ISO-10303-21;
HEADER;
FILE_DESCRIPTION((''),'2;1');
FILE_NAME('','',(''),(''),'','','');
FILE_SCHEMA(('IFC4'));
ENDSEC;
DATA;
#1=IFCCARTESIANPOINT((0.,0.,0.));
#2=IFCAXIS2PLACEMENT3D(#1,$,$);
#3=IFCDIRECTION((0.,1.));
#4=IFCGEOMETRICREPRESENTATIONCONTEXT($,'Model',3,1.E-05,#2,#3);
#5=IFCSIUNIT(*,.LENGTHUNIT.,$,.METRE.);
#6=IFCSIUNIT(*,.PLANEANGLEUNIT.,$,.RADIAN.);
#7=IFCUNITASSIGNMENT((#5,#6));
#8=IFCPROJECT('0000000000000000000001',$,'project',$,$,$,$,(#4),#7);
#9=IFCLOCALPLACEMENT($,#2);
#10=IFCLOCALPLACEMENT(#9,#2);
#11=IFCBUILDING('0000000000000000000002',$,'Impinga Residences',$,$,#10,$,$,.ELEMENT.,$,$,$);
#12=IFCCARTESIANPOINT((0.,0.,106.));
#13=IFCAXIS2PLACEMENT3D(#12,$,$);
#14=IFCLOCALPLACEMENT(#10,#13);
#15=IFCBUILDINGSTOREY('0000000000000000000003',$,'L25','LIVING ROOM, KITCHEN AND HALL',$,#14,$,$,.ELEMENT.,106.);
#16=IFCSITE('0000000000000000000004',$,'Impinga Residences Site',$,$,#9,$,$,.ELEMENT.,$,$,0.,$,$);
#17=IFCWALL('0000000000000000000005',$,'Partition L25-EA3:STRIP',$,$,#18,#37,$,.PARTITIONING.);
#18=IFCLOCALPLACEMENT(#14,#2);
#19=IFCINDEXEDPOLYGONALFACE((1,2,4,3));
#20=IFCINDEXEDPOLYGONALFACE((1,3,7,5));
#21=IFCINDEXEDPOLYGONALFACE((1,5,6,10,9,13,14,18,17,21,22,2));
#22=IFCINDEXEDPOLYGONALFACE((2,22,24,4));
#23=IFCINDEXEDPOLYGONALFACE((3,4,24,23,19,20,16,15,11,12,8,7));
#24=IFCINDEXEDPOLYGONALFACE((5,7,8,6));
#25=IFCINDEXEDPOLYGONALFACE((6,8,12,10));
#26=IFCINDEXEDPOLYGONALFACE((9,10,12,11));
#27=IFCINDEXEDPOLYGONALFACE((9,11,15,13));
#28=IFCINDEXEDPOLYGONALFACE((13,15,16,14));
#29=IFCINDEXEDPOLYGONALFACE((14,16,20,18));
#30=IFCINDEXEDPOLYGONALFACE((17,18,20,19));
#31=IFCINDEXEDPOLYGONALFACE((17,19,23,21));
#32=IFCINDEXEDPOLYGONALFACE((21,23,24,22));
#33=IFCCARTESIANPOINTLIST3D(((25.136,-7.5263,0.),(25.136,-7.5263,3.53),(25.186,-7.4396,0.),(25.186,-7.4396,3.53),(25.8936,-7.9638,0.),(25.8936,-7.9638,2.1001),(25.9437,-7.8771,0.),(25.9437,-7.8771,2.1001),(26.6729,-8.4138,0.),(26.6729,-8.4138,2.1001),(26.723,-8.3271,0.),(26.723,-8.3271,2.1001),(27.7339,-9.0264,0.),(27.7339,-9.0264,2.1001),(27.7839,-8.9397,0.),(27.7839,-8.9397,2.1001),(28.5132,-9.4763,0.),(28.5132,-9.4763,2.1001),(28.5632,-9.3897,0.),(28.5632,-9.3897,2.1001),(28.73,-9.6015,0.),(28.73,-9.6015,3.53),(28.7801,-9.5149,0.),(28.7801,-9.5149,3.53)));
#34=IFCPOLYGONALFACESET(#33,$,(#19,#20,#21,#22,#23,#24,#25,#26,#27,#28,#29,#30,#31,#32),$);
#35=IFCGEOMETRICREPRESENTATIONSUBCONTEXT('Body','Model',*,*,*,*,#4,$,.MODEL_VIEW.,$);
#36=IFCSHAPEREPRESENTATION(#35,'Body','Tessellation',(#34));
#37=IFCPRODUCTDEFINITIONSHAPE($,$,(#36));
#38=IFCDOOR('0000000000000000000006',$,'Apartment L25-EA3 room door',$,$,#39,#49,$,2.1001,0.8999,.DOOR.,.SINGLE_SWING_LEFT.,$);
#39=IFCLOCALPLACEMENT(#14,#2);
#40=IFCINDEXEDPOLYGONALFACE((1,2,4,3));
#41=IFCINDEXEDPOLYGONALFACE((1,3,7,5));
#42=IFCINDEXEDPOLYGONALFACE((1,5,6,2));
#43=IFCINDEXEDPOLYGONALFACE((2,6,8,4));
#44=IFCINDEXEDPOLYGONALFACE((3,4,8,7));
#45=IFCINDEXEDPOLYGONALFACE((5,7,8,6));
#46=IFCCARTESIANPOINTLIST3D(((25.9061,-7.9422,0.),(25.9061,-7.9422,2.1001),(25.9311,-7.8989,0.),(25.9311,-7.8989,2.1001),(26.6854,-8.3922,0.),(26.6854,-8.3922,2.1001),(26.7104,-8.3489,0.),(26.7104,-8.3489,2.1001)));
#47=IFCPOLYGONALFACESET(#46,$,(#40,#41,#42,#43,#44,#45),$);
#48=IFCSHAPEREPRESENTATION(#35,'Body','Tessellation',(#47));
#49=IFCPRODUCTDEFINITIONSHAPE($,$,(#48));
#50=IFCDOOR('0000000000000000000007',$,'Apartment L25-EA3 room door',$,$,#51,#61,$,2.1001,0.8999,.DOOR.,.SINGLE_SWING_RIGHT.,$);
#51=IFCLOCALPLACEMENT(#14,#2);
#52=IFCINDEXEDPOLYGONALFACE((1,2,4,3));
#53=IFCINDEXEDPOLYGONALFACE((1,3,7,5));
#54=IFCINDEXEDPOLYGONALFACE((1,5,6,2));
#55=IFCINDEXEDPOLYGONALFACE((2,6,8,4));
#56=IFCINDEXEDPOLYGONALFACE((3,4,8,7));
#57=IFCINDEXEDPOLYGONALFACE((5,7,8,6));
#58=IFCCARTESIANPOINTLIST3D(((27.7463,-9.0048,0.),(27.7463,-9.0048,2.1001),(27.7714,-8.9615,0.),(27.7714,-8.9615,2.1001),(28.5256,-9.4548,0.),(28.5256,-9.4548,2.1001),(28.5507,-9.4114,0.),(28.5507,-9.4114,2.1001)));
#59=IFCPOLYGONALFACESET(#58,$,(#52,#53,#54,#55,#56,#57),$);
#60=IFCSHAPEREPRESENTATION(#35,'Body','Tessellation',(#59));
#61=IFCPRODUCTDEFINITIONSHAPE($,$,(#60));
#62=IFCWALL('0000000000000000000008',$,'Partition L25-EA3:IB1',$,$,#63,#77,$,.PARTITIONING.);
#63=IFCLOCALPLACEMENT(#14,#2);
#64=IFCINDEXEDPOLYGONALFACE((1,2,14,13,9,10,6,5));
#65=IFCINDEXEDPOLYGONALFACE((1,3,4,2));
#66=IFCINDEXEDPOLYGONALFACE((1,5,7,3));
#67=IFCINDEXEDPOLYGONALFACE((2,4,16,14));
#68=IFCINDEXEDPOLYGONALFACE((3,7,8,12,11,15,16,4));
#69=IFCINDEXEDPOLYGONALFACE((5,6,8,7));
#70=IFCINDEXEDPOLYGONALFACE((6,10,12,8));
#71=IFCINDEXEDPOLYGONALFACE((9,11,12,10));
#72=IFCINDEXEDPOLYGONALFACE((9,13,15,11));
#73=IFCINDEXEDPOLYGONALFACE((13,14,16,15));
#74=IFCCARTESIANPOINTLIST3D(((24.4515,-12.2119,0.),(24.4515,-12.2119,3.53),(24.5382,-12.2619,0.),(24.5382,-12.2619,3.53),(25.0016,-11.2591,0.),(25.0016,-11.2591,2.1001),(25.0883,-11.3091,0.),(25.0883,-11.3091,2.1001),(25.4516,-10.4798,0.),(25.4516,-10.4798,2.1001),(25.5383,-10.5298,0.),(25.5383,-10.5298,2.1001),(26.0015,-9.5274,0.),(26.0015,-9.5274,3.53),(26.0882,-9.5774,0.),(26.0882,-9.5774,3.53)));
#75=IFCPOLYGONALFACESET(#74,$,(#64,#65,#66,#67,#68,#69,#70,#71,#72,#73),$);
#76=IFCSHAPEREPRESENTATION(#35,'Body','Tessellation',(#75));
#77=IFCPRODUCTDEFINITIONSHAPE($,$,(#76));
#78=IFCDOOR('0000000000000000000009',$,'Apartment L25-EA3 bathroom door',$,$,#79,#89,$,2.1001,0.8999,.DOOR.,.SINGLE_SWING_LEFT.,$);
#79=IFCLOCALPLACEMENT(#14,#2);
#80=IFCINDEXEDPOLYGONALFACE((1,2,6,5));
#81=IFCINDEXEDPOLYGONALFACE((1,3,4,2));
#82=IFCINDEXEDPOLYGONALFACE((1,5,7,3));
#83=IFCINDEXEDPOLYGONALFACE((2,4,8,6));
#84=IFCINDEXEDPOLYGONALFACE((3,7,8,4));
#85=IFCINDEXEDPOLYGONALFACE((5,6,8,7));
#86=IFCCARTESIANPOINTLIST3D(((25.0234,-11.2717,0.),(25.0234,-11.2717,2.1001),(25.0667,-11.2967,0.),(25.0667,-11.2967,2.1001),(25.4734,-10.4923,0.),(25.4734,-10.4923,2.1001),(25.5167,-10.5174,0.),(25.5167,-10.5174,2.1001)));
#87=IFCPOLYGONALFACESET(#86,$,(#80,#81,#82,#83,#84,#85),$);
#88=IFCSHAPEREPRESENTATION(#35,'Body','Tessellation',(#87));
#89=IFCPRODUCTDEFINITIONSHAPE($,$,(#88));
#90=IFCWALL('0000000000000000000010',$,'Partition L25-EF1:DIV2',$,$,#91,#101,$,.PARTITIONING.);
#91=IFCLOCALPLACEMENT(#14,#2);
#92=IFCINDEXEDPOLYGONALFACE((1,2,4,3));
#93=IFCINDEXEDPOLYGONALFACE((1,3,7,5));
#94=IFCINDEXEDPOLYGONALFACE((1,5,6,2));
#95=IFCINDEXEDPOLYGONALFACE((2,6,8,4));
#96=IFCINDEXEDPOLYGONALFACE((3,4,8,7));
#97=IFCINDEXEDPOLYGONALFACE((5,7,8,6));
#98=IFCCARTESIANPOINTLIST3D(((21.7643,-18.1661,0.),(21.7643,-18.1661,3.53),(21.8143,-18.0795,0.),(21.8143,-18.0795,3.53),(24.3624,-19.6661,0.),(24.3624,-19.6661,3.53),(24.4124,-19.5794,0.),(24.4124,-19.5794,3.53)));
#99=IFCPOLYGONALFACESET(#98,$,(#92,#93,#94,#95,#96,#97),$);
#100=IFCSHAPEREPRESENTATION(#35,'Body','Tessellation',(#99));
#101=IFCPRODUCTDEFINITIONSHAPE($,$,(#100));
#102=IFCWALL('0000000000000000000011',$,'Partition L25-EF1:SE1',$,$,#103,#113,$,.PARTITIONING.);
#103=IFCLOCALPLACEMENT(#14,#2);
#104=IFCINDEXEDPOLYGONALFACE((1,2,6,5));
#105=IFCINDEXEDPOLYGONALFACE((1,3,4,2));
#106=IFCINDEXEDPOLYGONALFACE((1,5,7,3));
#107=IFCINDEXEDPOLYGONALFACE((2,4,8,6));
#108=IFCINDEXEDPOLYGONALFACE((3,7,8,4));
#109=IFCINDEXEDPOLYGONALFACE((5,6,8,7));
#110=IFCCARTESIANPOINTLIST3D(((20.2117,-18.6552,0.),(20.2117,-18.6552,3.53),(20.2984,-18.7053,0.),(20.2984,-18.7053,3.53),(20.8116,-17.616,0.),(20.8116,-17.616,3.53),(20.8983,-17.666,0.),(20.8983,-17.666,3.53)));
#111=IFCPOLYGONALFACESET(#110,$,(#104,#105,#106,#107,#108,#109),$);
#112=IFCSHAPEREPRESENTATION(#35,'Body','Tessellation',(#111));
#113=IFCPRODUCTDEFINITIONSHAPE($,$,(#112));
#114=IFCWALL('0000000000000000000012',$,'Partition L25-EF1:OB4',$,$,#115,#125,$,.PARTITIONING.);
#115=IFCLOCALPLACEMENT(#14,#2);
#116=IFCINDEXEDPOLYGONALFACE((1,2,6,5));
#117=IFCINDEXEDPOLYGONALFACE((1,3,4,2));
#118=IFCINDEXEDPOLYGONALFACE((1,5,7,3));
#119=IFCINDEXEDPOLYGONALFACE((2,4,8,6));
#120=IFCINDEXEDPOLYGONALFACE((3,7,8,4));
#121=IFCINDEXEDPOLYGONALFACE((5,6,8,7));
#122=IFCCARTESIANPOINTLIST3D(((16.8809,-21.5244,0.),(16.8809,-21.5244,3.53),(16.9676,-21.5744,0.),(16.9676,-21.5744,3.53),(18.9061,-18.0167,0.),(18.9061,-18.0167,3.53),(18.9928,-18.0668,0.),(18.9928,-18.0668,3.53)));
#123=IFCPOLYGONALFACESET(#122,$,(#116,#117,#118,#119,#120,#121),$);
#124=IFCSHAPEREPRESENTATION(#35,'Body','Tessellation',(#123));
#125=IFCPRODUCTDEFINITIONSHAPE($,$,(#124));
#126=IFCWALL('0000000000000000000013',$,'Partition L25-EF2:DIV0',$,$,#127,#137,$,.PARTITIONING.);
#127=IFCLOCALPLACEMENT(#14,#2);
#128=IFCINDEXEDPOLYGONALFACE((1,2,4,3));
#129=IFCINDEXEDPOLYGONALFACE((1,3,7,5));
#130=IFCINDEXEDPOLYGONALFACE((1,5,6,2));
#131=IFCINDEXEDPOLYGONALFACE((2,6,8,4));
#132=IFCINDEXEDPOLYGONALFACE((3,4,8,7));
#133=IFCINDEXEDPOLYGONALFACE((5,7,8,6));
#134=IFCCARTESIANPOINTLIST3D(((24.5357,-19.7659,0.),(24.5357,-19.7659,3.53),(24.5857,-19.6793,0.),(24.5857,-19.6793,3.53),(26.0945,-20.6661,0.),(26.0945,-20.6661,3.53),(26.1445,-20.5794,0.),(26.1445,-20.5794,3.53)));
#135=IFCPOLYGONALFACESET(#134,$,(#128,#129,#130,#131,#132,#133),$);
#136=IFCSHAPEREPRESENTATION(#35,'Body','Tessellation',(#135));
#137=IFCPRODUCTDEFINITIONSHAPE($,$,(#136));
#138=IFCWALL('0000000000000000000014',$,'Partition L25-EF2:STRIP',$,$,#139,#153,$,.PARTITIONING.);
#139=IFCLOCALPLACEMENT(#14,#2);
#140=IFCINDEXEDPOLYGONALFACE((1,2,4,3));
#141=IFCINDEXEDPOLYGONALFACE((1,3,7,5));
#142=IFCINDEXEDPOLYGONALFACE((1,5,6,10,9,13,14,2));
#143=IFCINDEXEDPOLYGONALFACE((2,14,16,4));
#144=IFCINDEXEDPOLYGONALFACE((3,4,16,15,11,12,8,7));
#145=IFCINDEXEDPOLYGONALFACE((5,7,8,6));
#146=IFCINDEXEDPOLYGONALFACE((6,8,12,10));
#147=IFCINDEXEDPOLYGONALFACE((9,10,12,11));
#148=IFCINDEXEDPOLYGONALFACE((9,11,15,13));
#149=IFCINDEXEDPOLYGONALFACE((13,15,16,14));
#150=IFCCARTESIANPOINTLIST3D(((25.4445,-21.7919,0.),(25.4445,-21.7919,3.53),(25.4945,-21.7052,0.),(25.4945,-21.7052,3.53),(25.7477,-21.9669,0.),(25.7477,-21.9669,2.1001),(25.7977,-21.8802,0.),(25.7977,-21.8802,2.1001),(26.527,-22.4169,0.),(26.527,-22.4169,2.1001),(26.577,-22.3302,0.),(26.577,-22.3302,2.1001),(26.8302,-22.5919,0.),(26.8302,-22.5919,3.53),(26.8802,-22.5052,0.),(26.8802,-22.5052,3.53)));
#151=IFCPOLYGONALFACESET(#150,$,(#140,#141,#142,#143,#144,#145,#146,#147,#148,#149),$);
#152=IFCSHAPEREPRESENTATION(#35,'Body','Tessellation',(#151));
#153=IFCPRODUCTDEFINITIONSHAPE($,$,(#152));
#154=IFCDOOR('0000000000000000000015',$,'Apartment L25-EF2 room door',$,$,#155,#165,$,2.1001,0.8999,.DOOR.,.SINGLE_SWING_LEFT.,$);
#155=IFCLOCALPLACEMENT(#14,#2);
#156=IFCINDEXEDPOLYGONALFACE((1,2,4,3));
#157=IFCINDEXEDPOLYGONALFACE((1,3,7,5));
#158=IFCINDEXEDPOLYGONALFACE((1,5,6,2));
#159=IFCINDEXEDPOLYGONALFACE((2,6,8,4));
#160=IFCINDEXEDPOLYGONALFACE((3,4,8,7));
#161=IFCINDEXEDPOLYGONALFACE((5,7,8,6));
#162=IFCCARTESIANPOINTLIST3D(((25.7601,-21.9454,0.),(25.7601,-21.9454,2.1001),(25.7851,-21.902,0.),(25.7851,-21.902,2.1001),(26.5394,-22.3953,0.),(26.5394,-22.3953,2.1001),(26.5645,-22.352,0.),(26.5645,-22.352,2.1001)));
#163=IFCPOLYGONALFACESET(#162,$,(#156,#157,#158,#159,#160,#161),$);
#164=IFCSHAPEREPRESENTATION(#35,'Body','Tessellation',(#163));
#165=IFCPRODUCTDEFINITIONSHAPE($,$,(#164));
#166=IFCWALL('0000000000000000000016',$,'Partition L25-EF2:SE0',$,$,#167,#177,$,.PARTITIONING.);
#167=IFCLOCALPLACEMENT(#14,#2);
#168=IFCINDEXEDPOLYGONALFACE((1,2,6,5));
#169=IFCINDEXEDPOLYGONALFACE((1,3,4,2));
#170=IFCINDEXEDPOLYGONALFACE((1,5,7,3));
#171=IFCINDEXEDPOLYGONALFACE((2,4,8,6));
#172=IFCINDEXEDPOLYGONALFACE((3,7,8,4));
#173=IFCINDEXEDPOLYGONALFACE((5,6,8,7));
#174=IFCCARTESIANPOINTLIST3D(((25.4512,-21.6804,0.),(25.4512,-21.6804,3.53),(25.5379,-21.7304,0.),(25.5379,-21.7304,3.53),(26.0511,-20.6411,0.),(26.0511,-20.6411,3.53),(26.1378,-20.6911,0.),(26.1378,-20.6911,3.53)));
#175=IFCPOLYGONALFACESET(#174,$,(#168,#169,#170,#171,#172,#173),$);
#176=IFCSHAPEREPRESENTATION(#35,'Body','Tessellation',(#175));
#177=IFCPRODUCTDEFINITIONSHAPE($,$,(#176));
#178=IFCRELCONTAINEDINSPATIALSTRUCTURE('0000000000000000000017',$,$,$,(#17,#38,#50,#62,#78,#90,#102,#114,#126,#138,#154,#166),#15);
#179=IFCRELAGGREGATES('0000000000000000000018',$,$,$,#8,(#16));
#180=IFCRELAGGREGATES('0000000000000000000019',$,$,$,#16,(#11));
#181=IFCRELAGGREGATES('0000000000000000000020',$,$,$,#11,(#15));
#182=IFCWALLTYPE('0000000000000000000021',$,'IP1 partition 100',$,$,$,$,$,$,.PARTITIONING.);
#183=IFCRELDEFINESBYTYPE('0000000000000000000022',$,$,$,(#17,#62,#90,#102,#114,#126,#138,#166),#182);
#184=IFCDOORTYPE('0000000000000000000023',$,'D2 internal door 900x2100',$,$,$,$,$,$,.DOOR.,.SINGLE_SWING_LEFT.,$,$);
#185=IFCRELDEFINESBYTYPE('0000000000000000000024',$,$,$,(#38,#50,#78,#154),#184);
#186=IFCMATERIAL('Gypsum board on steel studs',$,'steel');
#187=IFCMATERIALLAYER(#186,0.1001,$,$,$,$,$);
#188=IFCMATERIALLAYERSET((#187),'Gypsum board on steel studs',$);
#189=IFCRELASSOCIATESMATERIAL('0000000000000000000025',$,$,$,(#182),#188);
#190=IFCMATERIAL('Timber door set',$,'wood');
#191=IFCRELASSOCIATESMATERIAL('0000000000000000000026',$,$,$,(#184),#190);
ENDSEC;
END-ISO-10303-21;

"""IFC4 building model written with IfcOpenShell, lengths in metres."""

from ifc_helpers import new_model, si_unit, direction, frame, frame_2d, origin, place, context, subcontext, project, spatial, rectangle, extrude, material, layer, layer_set, type_object, element, fill, save


model = new_model("IFC4")

# Units and contexts
model_context = context("Model", 3, precision=1e-05, world=origin(), true_north=direction((0.0, 1.0)))
body_context = subcontext(model_context, "Body", "Model", "MODEL_VIEW")
ifc_project = project(units=[si_unit("LENGTHUNIT", "METRE"), si_unit("PLANEANGLEUNIT", "RADIAN")], contexts=[model_context])

# Site, building, storey
site_placement = place(None, origin())
site = spatial("IfcSite", under=ifc_project, at=site_placement, Name="Impinga Residences Site", CompositionType="ELEMENT", RefElevation=0.0)
building_placement = place(site_placement, origin())
building = spatial("IfcBuilding", under=site, at=building_placement, Name="Impinga Residences", CompositionType="ELEMENT")
storey_placement = place(building_placement, frame((0.0, 0.0, 106.0)))
storey = spatial("IfcBuildingStorey", under=building, at=storey_placement, Name="L25", Description="LIVING ROOM, KITCHEN AND HALL", CompositionType="ELEMENT", Elevation=106.0)

# Shared definitions
ifc_material_1 = material(Name="Gypsum board on steel studs", Category="steel")
ifc_layer_1 = layer(ifc_material_1, 0.1001)
ifc_layer_set_1 = layer_set([ifc_layer_1], Name="Gypsum board on steel studs")
wall_type_1 = type_object("IfcWallType", Name="IP1 partition 100", PredefinedType="PARTITIONING", material=ifc_layer_set_1)

# Shared definitions
ifc_material_2 = material(Name="Timber door set", Category="wood")
door_type = type_object("IfcDoorType", Name="D2 internal door 900x2100", OperationType="SINGLE_SWING_LEFT", PredefinedType="DOOR", material=ifc_material_2)

# Wall, openings, doors
wall_1_placement = place(storey_placement, frame((25.1609, -7.4829, 0.0), z_axis=(0.0, 0.0, 1.0), x_axis=(0.866004, -0.500036, 0.0)))
wall_1 = element("IfcWall", 1, at=wall_1_placement, inside=storey, type_object=wall_type_1, Name="Partition L25-EA3:STRIP", PredefinedType="PARTITIONING", context=body_context, shape_type="SweptSolid", body=[
    extrude(rectangle(XDim=4.1501, YDim=0.1001, at=frame_2d((2.0752, 0.0))), origin(), (0.0, 0.0, 1.0), 3.53),
])
opening_1_placement = place(wall_1_placement, frame((0.875, 0.0, 0.0)))
opening_1 = element("IfcOpeningElement", 2, at=opening_1_placement, cuts=wall_1, PredefinedType="OPENING", context=body_context, shape_type="SweptSolid", body=[
    extrude(rectangle(XDim=0.8999, YDim=2.1001, at=frame_2d((0.45, 1.05))), frame((0.0, 0.0601, 0.0), z_axis=(0.0, -1.0, 0.0), x_axis=(1.0, 0.0, 0.0)), (0.0, 0.0, 1.0), 0.1201),
])
opening_2_placement = place(wall_1_placement, frame((3.0, 0.0, 0.0)))
opening_2 = element("IfcOpeningElement", 3, at=opening_2_placement, cuts=wall_1, PredefinedType="OPENING", context=body_context, shape_type="SweptSolid", body=[
    extrude(rectangle(XDim=0.8999, YDim=2.1001, at=frame_2d((0.45, 1.05))), frame((0.0, 0.0601, 0.0), z_axis=(0.0, -1.0, 0.0), x_axis=(1.0, 0.0, 0.0)), (0.0, 0.0, 1.0), 0.1201),
])
door_1_placement = place(opening_1_placement, origin())
door_1 = element("IfcDoor", 4, at=door_1_placement, inside=storey, type_object=door_type, Name="Apartment L25-EA3 room door", OperationType="SINGLE_SWING_LEFT", OverallHeight=2.1001, OverallWidth=0.8999, PredefinedType="DOOR", context=body_context, shape_type="SweptSolid", body=[
    extrude(rectangle(XDim=0.8999, YDim=2.1001, at=frame_2d((0.45, 1.05))), frame((0.0, 0.0249, 0.0), z_axis=(0.0, -1.0, 0.0), x_axis=(1.0, 0.0, 0.0)), (0.0, 0.0, 1.0), 0.05),
])
fill(opening_1, door_1)
door_2_placement = place(opening_2_placement, origin())
door_2 = element("IfcDoor", 5, at=door_2_placement, inside=storey, type_object=door_type, Name="Apartment L25-EA3 room door", OperationType="SINGLE_SWING_RIGHT", OverallHeight=2.1001, OverallWidth=0.8999, PredefinedType="DOOR", context=body_context, shape_type="SweptSolid", body=[
    extrude(rectangle(XDim=0.8999, YDim=2.1001, at=frame_2d((0.45, 1.05))), frame((0.0, 0.0249, 0.0), z_axis=(0.0, -1.0, 0.0), x_axis=(1.0, 0.0, 0.0)), (0.0, 0.0, 1.0), 0.05),
])
fill(opening_2, door_2)

# Wall, opening, door
wall_2_placement = place(storey_placement, frame((24.4949, -12.2368, 0.0), z_axis=(0.0, 0.0, 1.0), x_axis=(0.500027, 0.86601, 0.0)))
wall_2 = element("IfcWall", 6, at=wall_2_placement, inside=storey, type_object=wall_type_1, Name="Partition L25-EA3:IB1", PredefinedType="PARTITIONING", context=body_context, shape_type="SweptSolid", body=[
    extrude(rectangle(XDim=3.0999, YDim=0.1001, at=frame_2d((1.5498, 0.0))), origin(), (0.0, 0.0, 1.0), 3.53),
])
opening_3_placement = place(wall_2_placement, frame((1.1001, 0.0, 0.0)))
opening_3 = element("IfcOpeningElement", 7, at=opening_3_placement, cuts=wall_2, PredefinedType="OPENING", context=body_context, shape_type="SweptSolid", body=[
    extrude(rectangle(XDim=0.8999, YDim=2.1001, at=frame_2d((0.45, 1.05))), frame((0.0, 0.0601, 0.0), z_axis=(0.0, -1.0, 0.0), x_axis=(1.0, 0.0, 0.0)), (0.0, 0.0, 1.0), 0.1201),
])
door_3_placement = place(opening_3_placement, origin())
door_3 = element("IfcDoor", 8, at=door_3_placement, inside=storey, type_object=door_type, Name="Apartment L25-EA3 bathroom door", OperationType="SINGLE_SWING_LEFT", OverallHeight=2.1001, OverallWidth=0.8999, PredefinedType="DOOR", context=body_context, shape_type="SweptSolid", body=[
    extrude(rectangle(XDim=0.8999, YDim=2.1001, at=frame_2d((0.45, 1.05))), frame((0.0, 0.0249, 0.0), z_axis=(0.0, -1.0, 0.0), x_axis=(1.0, 0.0, 0.0)), (0.0, 0.0, 1.0), 0.05),
])
fill(opening_3, door_3)

# Walls
wall_3_placement = place(storey_placement, frame((21.7893, -18.1228, 0.0), z_axis=(0.0, 0.0, 1.0), x_axis=(0.866031, -0.49999, 0.0)))
element("IfcWall", 9, at=wall_3_placement, inside=storey, type_object=wall_type_1, Name="Partition L25-EF1:DIV2", PredefinedType="PARTITIONING", context=body_context, shape_type="SweptSolid", body=[
    extrude(rectangle(XDim=3.0, YDim=0.1001, at=frame_2d((1.5, 0.0))), origin(), (0.0, 0.0, 1.0), 3.53),
])
wall_4_placement = place(storey_placement, frame((20.855, -17.6409, 0.0), z_axis=(0.0, 0.0, 1.0), x_axis=(-0.499881, -0.866094, 0.0)))
element("IfcWall", 10, at=wall_4_placement, inside=storey, type_object=wall_type_1, Name="Partition L25-EF1:SE1", PredefinedType="PARTITIONING", context=body_context, shape_type="SweptSolid", body=[
    extrude(rectangle(XDim=1.2, YDim=0.1001, at=frame_2d((0.6001, 0.0))), origin(), (0.0, 0.0, 1.0), 3.53),
])
wall_5_placement = place(storey_placement, frame((18.9495, -18.0417, 0.0), z_axis=(0.0, 0.0, 1.0), x_axis=(-0.500009, -0.86602, 0.0)))
element("IfcWall", 11, at=wall_5_placement, inside=storey, type_object=wall_type_1, Name="Partition L25-EF1:OB4", PredefinedType="PARTITIONING", context=body_context, shape_type="SweptSolid", body=[
    extrude(rectangle(XDim=4.0503, YDim=0.1001, at=frame_2d((2.0251, 0.0))), origin(), (0.0, 0.0, 1.0), 3.53),
])
wall_6_placement = place(storey_placement, frame((24.5608, -19.7227, 0.0), z_axis=(0.0, 0.0, 1.0), x_axis=(0.865989, -0.500063, 0.0)))
element("IfcWall", 12, at=wall_6_placement, inside=storey, type_object=wall_type_1, Name="Partition L25-EF2:DIV0", PredefinedType="PARTITIONING", context=body_context, shape_type="SweptSolid", body=[
    extrude(rectangle(XDim=1.8, YDim=0.1001, at=frame_2d((0.8999, 0.0))), origin(), (0.0, 0.0, 1.0), 3.53),
])

# Wall, opening, door
wall_7_placement = place(storey_placement, frame((25.4695, -21.7485, 0.0), z_axis=(0.0, 0.0, 1.0), x_axis=(0.866028, -0.499995, 0.0)))
wall_7 = element("IfcWall", 13, at=wall_7_placement, inside=storey, type_object=wall_type_1, Name="Partition L25-EF2:STRIP", PredefinedType="PARTITIONING", context=body_context, shape_type="SweptSolid", body=[
    extrude(rectangle(XDim=1.6001, YDim=0.1001, at=frame_2d((0.8, 0.0))), origin(), (0.0, 0.0, 1.0), 3.53),
])
opening_4_placement = place(wall_7_placement, frame((0.3501, 0.0, 0.0)))
opening_4 = element("IfcOpeningElement", 14, at=opening_4_placement, cuts=wall_7, PredefinedType="OPENING", context=body_context, shape_type="SweptSolid", body=[
    extrude(rectangle(XDim=0.8999, YDim=2.1001, at=frame_2d((0.45, 1.05))), frame((0.0, 0.0601, 0.0), z_axis=(0.0, -1.0, 0.0), x_axis=(1.0, 0.0, 0.0)), (0.0, 0.0, 1.0), 0.1201),
])
door_4_placement = place(opening_4_placement, origin())
door_4 = element("IfcDoor", 15, at=door_4_placement, inside=storey, type_object=door_type, Name="Apartment L25-EF2 room door", OperationType="SINGLE_SWING_LEFT", OverallHeight=2.1001, OverallWidth=0.8999, PredefinedType="DOOR", context=body_context, shape_type="SweptSolid", body=[
    extrude(rectangle(XDim=0.8999, YDim=2.1001, at=frame_2d((0.45, 1.05))), frame((0.0, 0.0249, 0.0), z_axis=(0.0, -1.0, 0.0), x_axis=(1.0, 0.0, 0.0)), (0.0, 0.0, 1.0), 0.05),
])
fill(opening_4, door_4)

# Wall
wall_8_placement = place(storey_placement, frame((26.0945, -20.666, 0.0), z_axis=(0.0, 0.0, 1.0), x_axis=(-0.499881, -0.866094, 0.0)))
element("IfcWall", 16, at=wall_8_placement, inside=storey, type_object=wall_type_1, Name="Partition L25-EF2:SE0", PredefinedType="PARTITIONING", context=body_context, shape_type="SweptSolid", body=[
    extrude(rectangle(XDim=1.2, YDim=0.1001, at=frame_2d((0.6001, 0.0))), origin(), (0.0, 0.0, 1.0), 3.53),
])

save(model, "model.ifc")
